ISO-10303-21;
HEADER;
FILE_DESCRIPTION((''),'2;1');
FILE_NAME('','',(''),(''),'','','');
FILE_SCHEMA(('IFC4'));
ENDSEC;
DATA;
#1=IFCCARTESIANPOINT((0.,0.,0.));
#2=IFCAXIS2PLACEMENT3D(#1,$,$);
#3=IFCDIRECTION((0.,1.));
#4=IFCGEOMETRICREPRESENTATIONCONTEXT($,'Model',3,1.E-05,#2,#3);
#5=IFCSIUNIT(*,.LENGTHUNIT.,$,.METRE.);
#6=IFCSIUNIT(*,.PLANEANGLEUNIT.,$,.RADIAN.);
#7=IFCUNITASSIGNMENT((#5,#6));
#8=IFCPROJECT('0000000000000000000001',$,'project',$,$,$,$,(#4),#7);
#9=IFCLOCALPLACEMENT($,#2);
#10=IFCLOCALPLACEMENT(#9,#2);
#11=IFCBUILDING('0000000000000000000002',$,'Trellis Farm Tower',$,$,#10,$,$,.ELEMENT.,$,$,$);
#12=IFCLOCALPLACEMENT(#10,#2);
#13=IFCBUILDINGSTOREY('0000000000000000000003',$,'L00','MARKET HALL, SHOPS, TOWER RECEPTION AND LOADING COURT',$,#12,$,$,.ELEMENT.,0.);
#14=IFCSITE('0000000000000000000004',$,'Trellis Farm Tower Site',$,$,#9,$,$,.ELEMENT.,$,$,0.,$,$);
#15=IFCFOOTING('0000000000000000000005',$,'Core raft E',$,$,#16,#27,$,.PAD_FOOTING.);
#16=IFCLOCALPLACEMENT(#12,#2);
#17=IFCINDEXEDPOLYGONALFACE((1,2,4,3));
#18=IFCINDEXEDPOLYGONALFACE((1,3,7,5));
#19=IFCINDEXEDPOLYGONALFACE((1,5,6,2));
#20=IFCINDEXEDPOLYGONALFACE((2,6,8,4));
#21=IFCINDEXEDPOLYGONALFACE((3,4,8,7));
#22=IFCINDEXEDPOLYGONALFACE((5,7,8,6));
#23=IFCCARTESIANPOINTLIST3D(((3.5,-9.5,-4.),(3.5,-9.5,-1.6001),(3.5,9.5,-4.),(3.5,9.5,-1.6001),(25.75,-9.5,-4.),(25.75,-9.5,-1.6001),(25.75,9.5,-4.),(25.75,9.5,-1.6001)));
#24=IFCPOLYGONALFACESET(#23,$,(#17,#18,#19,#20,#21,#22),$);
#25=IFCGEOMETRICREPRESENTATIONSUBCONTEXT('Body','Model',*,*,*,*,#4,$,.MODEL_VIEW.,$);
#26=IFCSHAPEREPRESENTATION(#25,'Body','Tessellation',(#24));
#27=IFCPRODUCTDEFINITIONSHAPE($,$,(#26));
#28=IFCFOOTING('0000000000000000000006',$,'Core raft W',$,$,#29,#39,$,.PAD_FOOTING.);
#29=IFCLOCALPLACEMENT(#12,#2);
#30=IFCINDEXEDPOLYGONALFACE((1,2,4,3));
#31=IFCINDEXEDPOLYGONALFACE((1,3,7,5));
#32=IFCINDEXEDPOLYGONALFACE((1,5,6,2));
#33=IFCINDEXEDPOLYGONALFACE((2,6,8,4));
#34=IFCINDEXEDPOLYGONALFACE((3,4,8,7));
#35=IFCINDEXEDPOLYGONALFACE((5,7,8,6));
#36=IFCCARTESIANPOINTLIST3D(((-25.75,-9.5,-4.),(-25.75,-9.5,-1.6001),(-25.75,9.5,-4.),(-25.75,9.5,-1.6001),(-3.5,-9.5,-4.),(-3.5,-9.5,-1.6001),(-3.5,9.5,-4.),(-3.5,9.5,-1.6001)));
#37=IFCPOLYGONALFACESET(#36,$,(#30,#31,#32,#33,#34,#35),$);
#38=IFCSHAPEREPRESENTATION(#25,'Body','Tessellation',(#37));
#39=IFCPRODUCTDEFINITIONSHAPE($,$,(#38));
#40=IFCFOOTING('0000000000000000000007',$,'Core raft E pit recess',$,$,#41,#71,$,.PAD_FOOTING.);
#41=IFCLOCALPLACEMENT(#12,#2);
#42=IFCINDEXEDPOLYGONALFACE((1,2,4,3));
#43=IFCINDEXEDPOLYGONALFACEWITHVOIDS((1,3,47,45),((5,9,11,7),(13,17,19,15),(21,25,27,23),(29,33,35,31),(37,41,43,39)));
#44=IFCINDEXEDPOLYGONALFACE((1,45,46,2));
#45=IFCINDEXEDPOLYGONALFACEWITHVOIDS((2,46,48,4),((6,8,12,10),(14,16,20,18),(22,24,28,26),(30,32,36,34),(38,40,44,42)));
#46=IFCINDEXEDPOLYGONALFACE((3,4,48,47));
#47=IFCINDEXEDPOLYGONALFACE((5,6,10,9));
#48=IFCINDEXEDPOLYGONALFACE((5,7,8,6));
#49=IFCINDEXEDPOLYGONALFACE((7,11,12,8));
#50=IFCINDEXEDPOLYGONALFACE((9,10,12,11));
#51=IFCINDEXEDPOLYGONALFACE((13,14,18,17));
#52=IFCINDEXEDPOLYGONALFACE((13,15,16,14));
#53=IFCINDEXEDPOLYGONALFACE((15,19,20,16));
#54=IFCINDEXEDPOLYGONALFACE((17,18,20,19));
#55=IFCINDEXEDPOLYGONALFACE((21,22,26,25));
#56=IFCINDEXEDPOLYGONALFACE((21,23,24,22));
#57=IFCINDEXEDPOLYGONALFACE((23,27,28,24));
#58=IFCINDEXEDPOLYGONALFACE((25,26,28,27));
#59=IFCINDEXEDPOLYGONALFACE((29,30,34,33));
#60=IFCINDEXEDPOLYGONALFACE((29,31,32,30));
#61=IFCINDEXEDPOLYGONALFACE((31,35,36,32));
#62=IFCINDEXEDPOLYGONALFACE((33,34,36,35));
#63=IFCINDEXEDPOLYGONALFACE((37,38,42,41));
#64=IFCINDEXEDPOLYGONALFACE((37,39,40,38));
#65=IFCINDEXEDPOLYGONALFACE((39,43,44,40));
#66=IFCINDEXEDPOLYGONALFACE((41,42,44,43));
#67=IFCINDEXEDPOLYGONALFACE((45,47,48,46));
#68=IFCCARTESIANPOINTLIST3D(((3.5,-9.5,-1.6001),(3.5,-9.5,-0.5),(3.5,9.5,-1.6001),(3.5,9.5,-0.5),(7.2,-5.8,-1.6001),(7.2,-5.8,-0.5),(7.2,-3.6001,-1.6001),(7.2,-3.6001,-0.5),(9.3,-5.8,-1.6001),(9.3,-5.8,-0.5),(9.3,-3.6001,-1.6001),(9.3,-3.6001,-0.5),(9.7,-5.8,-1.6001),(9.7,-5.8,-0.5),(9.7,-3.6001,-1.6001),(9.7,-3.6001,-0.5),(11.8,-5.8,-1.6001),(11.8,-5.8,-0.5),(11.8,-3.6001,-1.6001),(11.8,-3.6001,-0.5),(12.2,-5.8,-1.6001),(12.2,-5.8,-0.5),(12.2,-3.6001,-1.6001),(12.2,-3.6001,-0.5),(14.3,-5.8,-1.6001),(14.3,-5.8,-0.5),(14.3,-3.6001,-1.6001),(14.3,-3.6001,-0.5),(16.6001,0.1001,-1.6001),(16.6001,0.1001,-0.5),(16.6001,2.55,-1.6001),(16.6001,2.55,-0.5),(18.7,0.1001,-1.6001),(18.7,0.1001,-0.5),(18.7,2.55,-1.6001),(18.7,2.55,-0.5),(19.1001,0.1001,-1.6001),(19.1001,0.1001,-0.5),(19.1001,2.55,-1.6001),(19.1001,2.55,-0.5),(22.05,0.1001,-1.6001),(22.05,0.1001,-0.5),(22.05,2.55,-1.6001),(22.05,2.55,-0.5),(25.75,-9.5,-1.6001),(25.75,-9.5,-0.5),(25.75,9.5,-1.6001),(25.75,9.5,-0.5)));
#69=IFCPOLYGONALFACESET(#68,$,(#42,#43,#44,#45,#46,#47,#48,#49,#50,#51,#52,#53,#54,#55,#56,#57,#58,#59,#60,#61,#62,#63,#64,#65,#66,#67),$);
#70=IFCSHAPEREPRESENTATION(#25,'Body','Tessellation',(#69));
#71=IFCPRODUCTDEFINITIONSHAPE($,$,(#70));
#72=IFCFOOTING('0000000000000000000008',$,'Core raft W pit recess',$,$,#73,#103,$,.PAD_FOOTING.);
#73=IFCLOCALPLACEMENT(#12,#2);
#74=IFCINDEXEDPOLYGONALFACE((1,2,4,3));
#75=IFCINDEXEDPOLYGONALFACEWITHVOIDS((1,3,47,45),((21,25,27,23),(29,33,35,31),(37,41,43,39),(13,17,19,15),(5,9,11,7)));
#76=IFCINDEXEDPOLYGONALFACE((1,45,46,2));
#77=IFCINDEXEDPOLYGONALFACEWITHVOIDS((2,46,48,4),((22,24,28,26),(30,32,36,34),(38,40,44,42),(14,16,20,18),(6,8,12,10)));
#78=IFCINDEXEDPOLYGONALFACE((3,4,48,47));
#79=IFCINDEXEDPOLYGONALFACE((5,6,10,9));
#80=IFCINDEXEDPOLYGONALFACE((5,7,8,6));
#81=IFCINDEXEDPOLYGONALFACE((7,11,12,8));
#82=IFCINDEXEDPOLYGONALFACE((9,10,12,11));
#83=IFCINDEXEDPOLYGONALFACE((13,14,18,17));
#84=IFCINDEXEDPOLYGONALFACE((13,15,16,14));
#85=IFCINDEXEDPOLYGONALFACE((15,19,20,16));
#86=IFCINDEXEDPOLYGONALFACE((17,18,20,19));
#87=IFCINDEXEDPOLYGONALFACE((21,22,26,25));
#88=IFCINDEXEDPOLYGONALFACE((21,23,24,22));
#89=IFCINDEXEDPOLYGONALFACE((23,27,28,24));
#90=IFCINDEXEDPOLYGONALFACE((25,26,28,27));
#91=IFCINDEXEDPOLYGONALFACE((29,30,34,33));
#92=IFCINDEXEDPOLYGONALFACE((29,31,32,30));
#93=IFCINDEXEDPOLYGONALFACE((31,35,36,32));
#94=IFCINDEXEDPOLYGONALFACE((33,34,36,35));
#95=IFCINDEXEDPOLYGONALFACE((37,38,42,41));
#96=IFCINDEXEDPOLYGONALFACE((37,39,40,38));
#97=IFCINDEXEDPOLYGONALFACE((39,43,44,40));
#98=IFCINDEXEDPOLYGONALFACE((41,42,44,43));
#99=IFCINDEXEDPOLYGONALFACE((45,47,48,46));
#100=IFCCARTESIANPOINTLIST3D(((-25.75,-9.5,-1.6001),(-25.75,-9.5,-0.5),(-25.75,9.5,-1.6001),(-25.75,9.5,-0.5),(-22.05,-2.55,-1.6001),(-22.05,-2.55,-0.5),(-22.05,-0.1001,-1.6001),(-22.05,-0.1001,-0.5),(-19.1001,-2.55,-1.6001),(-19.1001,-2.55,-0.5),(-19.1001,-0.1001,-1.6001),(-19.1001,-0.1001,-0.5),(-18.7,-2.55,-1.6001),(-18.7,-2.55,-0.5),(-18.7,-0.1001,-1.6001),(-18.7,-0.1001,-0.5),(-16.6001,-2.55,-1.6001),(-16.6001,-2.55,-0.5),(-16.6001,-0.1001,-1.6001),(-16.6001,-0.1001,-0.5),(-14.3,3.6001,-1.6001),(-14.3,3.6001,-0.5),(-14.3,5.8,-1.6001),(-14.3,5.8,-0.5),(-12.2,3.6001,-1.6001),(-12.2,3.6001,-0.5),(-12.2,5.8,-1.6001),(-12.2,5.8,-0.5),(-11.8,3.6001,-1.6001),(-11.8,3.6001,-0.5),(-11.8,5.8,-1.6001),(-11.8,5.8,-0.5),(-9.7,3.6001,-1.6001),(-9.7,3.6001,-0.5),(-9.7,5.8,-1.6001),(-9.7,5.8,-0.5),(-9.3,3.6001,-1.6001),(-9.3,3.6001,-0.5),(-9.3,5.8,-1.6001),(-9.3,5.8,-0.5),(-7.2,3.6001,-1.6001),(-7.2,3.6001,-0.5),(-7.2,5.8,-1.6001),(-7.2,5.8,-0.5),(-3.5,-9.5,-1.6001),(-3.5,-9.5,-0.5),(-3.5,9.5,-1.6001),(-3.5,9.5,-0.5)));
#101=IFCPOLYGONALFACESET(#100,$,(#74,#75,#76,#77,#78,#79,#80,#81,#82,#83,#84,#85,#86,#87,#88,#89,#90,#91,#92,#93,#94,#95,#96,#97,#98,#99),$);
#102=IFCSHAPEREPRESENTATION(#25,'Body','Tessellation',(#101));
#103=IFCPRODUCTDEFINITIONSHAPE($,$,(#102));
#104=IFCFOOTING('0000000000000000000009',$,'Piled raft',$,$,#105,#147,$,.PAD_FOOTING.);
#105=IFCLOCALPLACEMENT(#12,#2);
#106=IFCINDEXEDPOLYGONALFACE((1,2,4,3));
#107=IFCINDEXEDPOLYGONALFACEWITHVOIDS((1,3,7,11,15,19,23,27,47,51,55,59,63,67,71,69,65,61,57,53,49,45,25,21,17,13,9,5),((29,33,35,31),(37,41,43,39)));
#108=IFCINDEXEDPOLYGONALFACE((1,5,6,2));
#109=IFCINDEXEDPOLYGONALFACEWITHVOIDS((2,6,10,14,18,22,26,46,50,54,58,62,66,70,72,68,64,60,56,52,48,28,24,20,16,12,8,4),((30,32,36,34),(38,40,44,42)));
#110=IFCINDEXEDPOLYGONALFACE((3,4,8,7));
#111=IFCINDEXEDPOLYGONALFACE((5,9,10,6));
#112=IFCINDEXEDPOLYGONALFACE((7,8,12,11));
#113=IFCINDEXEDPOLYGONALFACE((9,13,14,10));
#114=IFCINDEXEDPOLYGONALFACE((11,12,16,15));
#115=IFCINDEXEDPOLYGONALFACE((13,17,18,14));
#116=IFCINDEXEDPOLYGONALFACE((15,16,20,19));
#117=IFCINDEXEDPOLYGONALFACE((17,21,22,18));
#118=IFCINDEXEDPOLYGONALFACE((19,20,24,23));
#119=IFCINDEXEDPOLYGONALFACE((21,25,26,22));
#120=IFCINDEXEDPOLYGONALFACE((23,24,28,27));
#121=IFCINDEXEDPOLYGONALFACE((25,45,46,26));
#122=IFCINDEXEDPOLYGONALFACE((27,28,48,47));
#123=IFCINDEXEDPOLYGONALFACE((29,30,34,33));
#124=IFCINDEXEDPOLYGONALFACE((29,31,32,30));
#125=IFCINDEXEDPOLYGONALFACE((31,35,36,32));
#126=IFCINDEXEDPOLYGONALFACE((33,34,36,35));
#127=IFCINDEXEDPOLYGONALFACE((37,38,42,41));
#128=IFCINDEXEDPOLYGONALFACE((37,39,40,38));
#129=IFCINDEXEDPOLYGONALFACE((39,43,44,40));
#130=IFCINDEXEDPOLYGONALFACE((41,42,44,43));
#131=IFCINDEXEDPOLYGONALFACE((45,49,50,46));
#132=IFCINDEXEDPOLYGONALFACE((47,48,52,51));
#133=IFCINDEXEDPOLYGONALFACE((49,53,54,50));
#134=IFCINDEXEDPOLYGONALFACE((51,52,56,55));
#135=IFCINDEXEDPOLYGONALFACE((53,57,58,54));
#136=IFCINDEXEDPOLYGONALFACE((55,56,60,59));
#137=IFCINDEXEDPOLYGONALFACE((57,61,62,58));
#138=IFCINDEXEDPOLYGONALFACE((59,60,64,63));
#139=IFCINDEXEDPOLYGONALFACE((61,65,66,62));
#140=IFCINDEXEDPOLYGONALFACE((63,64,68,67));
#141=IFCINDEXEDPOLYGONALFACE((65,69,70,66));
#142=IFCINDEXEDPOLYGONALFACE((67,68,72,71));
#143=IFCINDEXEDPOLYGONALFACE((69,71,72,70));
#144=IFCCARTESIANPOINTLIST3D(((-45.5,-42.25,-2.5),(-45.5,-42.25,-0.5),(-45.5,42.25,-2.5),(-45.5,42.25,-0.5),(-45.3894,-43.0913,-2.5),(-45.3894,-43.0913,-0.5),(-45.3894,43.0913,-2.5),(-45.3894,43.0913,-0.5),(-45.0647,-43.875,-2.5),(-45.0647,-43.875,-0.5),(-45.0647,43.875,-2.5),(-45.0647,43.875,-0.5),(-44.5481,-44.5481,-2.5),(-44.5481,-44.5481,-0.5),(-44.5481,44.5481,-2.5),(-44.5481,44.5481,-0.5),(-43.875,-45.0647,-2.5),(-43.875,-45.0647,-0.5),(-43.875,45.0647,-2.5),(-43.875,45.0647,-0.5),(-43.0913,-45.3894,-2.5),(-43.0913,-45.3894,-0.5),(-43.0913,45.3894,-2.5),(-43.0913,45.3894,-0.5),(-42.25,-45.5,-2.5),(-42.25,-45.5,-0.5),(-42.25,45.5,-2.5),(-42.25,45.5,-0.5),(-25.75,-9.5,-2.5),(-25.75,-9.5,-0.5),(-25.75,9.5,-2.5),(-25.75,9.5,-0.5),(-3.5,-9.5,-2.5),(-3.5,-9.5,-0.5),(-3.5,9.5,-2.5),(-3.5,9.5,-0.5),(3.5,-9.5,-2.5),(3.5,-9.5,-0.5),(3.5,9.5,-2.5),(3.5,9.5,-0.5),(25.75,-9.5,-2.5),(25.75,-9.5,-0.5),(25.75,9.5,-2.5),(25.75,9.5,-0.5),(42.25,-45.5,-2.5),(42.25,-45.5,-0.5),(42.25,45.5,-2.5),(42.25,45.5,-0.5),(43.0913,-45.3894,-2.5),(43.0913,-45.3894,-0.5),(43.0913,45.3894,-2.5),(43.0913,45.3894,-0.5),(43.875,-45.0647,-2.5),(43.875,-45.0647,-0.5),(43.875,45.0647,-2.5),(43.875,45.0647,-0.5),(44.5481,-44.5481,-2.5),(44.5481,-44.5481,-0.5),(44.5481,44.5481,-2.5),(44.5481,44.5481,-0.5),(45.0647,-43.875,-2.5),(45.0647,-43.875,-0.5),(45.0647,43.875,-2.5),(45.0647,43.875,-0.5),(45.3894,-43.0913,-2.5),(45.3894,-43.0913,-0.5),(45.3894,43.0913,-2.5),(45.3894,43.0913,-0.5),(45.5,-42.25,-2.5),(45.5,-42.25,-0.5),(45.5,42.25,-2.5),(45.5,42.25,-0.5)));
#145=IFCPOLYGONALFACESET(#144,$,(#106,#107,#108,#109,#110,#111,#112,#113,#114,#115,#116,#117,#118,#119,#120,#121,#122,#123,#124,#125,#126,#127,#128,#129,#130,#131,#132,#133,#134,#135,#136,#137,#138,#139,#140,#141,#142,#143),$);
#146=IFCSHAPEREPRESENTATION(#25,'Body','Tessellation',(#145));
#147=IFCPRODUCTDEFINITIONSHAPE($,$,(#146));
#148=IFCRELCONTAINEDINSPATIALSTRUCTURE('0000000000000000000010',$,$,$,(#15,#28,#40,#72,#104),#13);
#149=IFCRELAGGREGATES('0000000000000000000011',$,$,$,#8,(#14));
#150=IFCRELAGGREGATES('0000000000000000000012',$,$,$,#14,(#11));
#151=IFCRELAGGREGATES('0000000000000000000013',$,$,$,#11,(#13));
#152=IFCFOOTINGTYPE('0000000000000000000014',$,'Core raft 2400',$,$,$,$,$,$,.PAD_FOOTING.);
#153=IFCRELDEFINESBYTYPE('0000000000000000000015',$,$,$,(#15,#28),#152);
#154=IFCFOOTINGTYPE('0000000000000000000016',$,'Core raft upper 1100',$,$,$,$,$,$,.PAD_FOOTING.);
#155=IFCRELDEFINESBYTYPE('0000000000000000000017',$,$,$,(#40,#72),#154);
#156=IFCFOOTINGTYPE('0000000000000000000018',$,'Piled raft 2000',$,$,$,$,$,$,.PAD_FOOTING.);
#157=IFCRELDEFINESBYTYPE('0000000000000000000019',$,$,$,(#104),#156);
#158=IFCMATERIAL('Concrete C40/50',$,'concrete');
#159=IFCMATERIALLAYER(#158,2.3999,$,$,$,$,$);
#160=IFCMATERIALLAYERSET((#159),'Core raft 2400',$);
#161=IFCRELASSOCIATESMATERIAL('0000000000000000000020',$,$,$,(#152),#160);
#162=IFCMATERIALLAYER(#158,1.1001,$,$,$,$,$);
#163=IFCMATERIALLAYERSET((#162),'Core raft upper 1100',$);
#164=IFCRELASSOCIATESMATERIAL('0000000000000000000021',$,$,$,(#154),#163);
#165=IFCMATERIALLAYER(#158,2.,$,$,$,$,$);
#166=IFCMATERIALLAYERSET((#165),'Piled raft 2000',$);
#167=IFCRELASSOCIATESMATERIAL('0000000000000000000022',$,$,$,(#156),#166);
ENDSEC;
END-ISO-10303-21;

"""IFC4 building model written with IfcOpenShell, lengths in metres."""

from ifc_helpers import new_model, si_unit, direction, frame, origin, place, context, subcontext, project, spatial, polyline, outline, extrude, material, layer, layer_set, type_object, element, save


model = new_model("IFC4")

# Units and contexts
model_context = context("Model", 3, precision=1e-05, world=origin(), true_north=direction((0.0, 1.0)))
body_context = subcontext(model_context, "Body", "Model", "MODEL_VIEW")
ifc_project = project(units=[si_unit("LENGTHUNIT", "METRE"), si_unit("PLANEANGLEUNIT", "RADIAN")], contexts=[model_context])

# Site, building, storey
site_placement = place(None, origin())
site = spatial("IfcSite", under=ifc_project, at=site_placement, Name="Trellis Farm Tower Site", CompositionType="ELEMENT", RefElevation=0.0)
building_placement = place(site_placement, origin())
building = spatial("IfcBuilding", under=site, at=building_placement, Name="Trellis Farm Tower", CompositionType="ELEMENT")
storey_placement = place(building_placement, origin())
storey = spatial("IfcBuildingStorey", under=building, at=storey_placement, Name="L00", Description="MARKET HALL, SHOPS, TOWER RECEPTION AND LOADING COURT", CompositionType="ELEMENT", Elevation=0.0)

# Footings
ifc_material_1 = material(Name="Concrete C40/50", Category="concrete")
ifc_layer_1 = layer(ifc_material_1, 2.3999)
ifc_layer_set_1 = layer_set([ifc_layer_1], Name="Core raft 2400")
footing_type_1 = type_object("IfcFootingType", Name="Core raft 2400", PredefinedType="PAD_FOOTING", material=ifc_layer_set_1)
placement_1 = place(storey_placement, frame((0.0, 0.0, -4.0)))
element("IfcFooting", 1, at=placement_1, inside=storey, type_object=footing_type_1, Name="Core raft E", PredefinedType="PAD_FOOTING", context=body_context, shape_type="SweptSolid", body=[
    extrude(outline(polyline([(25.75, -9.5), (25.75, 9.5), (3.5, 9.5), (3.5, -9.5), (25.75, -9.5)])), origin(), (0.0, 0.0, 1.0), 2.3999),
])
element("IfcFooting", 2, at=placement_1, inside=storey, type_object=footing_type_1, Name="Core raft W", PredefinedType="PAD_FOOTING", context=body_context, shape_type="SweptSolid", body=[
    extrude(outline(polyline([(-3.5, -9.5), (-3.5, 9.5), (-25.75, 9.5), (-25.75, -9.5), (-3.5, -9.5)])), origin(), (0.0, 0.0, 1.0), 2.3999),
])
ifc_layer_2 = layer(ifc_material_1, 1.1001)
ifc_layer_set_2 = layer_set([ifc_layer_2], Name="Core raft upper 1100")
footing_type_2 = type_object("IfcFootingType", Name="Core raft upper 1100", PredefinedType="PAD_FOOTING", material=ifc_layer_set_2)
placement_2 = place(storey_placement, frame((0.0, 0.0, -1.6001)))
element("IfcFooting", 3, at=placement_2, inside=storey, type_object=footing_type_2, Name="Core raft E pit recess", PredefinedType="PAD_FOOTING", context=body_context, shape_type="SweptSolid", body=[
    extrude(outline(polyline([(3.5, -9.5), (3.5, 9.5), (25.75, 9.5), (25.75, -9.5), (3.5, -9.5)]), holes=[polyline([(7.2, -3.6001), (7.2, -5.8), (9.3, -5.8), (9.3, -3.6001), (7.2, -3.6001)]), polyline([(9.7, -3.6001), (9.7, -5.8), (11.8, -5.8), (11.8, -3.6001), (9.7, -3.6001)]), polyline([(12.2, -3.6001), (12.2, -5.8), (14.3, -5.8), (14.3, -3.6001), (12.2, -3.6001)]), polyline([(18.7, 2.55), (16.6001, 2.55), (16.6001, 0.1001), (18.7, 0.1001), (18.7, 2.55)]), polyline([(22.05, 2.55), (19.1001, 2.55), (19.1001, 0.1001), (22.05, 0.1001), (22.05, 2.55)])]), origin(), (0.0, 0.0, 1.0), 1.1001),
])
element("IfcFooting", 4, at=placement_2, inside=storey, type_object=footing_type_2, Name="Core raft W pit recess", PredefinedType="PAD_FOOTING", context=body_context, shape_type="SweptSolid", body=[
    extrude(outline(polyline([(-25.75, -9.5), (-25.75, 9.5), (-3.5, 9.5), (-3.5, -9.5), (-25.75, -9.5)]), holes=[polyline([(-19.1001, -2.55), (-19.1001, -0.1001), (-22.05, -0.1001), (-22.05, -2.55), (-19.1001, -2.55)]), polyline([(-16.6001, -2.55), (-16.6001, -0.1001), (-18.7, -0.1001), (-18.7, -2.55), (-16.6001, -2.55)]), polyline([(-12.2, 3.6001), (-12.2, 5.8), (-14.3, 5.8), (-14.3, 3.6001), (-12.2, 3.6001)]), polyline([(-11.8, 3.6001), (-9.7, 3.6001), (-9.7, 5.8), (-11.8, 5.8), (-11.8, 3.6001)]), polyline([(-9.3, 3.6001), (-7.2, 3.6001), (-7.2, 5.8), (-9.3, 5.8), (-9.3, 3.6001)])]), origin(), (0.0, 0.0, 1.0), 1.1001),
])
ifc_layer_3 = layer(ifc_material_1, 2.0)
ifc_layer_set_3 = layer_set([ifc_layer_3], Name="Piled raft 2000")
footing_type_3 = type_object("IfcFootingType", Name="Piled raft 2000", PredefinedType="PAD_FOOTING", material=ifc_layer_set_3)
footing_1_placement = place(storey_placement, frame((0.0, 0.0, -2.5)))
element("IfcFooting", 5, at=footing_1_placement, inside=storey, type_object=footing_type_3, Name="Piled raft", PredefinedType="PAD_FOOTING", context=body_context, shape_type="SweptSolid", body=[
    extrude(outline(polyline([(45.5, -42.25), (45.5, 42.25), (45.3894, 43.0913), (45.0647, 43.875), (44.5481, 44.5481), (43.875, 45.0647), (43.0913, 45.3894), (42.25, 45.5), (-42.25, 45.5), (-43.0913, 45.3894), (-43.875, 45.0647), (-44.5481, 44.5481), (-45.0647, 43.875), (-45.3894, 43.0913), (-45.5, 42.25), (-45.5, -42.25), (-45.3894, -43.0913), (-45.0647, -43.875), (-44.5481, -44.5481), (-43.875, -45.0647), (-43.0913, -45.3894), (-42.25, -45.5), (42.25, -45.5), (43.0913, -45.3894), (43.875, -45.0647), (44.5481, -44.5481), (45.0647, -43.875), (45.3894, -43.0913), (45.5, -42.25)]), holes=[polyline([(25.75, -9.5), (25.75, 9.5), (3.5, 9.5), (3.5, -9.5), (25.75, -9.5)]), polyline([(-3.5, -9.5), (-3.5, 9.5), (-25.75, 9.5), (-25.75, -9.5), (-3.5, -9.5)])]), origin(), (0.0, 0.0, 1.0), 2.0),
])

save(model, "model.ifc")
